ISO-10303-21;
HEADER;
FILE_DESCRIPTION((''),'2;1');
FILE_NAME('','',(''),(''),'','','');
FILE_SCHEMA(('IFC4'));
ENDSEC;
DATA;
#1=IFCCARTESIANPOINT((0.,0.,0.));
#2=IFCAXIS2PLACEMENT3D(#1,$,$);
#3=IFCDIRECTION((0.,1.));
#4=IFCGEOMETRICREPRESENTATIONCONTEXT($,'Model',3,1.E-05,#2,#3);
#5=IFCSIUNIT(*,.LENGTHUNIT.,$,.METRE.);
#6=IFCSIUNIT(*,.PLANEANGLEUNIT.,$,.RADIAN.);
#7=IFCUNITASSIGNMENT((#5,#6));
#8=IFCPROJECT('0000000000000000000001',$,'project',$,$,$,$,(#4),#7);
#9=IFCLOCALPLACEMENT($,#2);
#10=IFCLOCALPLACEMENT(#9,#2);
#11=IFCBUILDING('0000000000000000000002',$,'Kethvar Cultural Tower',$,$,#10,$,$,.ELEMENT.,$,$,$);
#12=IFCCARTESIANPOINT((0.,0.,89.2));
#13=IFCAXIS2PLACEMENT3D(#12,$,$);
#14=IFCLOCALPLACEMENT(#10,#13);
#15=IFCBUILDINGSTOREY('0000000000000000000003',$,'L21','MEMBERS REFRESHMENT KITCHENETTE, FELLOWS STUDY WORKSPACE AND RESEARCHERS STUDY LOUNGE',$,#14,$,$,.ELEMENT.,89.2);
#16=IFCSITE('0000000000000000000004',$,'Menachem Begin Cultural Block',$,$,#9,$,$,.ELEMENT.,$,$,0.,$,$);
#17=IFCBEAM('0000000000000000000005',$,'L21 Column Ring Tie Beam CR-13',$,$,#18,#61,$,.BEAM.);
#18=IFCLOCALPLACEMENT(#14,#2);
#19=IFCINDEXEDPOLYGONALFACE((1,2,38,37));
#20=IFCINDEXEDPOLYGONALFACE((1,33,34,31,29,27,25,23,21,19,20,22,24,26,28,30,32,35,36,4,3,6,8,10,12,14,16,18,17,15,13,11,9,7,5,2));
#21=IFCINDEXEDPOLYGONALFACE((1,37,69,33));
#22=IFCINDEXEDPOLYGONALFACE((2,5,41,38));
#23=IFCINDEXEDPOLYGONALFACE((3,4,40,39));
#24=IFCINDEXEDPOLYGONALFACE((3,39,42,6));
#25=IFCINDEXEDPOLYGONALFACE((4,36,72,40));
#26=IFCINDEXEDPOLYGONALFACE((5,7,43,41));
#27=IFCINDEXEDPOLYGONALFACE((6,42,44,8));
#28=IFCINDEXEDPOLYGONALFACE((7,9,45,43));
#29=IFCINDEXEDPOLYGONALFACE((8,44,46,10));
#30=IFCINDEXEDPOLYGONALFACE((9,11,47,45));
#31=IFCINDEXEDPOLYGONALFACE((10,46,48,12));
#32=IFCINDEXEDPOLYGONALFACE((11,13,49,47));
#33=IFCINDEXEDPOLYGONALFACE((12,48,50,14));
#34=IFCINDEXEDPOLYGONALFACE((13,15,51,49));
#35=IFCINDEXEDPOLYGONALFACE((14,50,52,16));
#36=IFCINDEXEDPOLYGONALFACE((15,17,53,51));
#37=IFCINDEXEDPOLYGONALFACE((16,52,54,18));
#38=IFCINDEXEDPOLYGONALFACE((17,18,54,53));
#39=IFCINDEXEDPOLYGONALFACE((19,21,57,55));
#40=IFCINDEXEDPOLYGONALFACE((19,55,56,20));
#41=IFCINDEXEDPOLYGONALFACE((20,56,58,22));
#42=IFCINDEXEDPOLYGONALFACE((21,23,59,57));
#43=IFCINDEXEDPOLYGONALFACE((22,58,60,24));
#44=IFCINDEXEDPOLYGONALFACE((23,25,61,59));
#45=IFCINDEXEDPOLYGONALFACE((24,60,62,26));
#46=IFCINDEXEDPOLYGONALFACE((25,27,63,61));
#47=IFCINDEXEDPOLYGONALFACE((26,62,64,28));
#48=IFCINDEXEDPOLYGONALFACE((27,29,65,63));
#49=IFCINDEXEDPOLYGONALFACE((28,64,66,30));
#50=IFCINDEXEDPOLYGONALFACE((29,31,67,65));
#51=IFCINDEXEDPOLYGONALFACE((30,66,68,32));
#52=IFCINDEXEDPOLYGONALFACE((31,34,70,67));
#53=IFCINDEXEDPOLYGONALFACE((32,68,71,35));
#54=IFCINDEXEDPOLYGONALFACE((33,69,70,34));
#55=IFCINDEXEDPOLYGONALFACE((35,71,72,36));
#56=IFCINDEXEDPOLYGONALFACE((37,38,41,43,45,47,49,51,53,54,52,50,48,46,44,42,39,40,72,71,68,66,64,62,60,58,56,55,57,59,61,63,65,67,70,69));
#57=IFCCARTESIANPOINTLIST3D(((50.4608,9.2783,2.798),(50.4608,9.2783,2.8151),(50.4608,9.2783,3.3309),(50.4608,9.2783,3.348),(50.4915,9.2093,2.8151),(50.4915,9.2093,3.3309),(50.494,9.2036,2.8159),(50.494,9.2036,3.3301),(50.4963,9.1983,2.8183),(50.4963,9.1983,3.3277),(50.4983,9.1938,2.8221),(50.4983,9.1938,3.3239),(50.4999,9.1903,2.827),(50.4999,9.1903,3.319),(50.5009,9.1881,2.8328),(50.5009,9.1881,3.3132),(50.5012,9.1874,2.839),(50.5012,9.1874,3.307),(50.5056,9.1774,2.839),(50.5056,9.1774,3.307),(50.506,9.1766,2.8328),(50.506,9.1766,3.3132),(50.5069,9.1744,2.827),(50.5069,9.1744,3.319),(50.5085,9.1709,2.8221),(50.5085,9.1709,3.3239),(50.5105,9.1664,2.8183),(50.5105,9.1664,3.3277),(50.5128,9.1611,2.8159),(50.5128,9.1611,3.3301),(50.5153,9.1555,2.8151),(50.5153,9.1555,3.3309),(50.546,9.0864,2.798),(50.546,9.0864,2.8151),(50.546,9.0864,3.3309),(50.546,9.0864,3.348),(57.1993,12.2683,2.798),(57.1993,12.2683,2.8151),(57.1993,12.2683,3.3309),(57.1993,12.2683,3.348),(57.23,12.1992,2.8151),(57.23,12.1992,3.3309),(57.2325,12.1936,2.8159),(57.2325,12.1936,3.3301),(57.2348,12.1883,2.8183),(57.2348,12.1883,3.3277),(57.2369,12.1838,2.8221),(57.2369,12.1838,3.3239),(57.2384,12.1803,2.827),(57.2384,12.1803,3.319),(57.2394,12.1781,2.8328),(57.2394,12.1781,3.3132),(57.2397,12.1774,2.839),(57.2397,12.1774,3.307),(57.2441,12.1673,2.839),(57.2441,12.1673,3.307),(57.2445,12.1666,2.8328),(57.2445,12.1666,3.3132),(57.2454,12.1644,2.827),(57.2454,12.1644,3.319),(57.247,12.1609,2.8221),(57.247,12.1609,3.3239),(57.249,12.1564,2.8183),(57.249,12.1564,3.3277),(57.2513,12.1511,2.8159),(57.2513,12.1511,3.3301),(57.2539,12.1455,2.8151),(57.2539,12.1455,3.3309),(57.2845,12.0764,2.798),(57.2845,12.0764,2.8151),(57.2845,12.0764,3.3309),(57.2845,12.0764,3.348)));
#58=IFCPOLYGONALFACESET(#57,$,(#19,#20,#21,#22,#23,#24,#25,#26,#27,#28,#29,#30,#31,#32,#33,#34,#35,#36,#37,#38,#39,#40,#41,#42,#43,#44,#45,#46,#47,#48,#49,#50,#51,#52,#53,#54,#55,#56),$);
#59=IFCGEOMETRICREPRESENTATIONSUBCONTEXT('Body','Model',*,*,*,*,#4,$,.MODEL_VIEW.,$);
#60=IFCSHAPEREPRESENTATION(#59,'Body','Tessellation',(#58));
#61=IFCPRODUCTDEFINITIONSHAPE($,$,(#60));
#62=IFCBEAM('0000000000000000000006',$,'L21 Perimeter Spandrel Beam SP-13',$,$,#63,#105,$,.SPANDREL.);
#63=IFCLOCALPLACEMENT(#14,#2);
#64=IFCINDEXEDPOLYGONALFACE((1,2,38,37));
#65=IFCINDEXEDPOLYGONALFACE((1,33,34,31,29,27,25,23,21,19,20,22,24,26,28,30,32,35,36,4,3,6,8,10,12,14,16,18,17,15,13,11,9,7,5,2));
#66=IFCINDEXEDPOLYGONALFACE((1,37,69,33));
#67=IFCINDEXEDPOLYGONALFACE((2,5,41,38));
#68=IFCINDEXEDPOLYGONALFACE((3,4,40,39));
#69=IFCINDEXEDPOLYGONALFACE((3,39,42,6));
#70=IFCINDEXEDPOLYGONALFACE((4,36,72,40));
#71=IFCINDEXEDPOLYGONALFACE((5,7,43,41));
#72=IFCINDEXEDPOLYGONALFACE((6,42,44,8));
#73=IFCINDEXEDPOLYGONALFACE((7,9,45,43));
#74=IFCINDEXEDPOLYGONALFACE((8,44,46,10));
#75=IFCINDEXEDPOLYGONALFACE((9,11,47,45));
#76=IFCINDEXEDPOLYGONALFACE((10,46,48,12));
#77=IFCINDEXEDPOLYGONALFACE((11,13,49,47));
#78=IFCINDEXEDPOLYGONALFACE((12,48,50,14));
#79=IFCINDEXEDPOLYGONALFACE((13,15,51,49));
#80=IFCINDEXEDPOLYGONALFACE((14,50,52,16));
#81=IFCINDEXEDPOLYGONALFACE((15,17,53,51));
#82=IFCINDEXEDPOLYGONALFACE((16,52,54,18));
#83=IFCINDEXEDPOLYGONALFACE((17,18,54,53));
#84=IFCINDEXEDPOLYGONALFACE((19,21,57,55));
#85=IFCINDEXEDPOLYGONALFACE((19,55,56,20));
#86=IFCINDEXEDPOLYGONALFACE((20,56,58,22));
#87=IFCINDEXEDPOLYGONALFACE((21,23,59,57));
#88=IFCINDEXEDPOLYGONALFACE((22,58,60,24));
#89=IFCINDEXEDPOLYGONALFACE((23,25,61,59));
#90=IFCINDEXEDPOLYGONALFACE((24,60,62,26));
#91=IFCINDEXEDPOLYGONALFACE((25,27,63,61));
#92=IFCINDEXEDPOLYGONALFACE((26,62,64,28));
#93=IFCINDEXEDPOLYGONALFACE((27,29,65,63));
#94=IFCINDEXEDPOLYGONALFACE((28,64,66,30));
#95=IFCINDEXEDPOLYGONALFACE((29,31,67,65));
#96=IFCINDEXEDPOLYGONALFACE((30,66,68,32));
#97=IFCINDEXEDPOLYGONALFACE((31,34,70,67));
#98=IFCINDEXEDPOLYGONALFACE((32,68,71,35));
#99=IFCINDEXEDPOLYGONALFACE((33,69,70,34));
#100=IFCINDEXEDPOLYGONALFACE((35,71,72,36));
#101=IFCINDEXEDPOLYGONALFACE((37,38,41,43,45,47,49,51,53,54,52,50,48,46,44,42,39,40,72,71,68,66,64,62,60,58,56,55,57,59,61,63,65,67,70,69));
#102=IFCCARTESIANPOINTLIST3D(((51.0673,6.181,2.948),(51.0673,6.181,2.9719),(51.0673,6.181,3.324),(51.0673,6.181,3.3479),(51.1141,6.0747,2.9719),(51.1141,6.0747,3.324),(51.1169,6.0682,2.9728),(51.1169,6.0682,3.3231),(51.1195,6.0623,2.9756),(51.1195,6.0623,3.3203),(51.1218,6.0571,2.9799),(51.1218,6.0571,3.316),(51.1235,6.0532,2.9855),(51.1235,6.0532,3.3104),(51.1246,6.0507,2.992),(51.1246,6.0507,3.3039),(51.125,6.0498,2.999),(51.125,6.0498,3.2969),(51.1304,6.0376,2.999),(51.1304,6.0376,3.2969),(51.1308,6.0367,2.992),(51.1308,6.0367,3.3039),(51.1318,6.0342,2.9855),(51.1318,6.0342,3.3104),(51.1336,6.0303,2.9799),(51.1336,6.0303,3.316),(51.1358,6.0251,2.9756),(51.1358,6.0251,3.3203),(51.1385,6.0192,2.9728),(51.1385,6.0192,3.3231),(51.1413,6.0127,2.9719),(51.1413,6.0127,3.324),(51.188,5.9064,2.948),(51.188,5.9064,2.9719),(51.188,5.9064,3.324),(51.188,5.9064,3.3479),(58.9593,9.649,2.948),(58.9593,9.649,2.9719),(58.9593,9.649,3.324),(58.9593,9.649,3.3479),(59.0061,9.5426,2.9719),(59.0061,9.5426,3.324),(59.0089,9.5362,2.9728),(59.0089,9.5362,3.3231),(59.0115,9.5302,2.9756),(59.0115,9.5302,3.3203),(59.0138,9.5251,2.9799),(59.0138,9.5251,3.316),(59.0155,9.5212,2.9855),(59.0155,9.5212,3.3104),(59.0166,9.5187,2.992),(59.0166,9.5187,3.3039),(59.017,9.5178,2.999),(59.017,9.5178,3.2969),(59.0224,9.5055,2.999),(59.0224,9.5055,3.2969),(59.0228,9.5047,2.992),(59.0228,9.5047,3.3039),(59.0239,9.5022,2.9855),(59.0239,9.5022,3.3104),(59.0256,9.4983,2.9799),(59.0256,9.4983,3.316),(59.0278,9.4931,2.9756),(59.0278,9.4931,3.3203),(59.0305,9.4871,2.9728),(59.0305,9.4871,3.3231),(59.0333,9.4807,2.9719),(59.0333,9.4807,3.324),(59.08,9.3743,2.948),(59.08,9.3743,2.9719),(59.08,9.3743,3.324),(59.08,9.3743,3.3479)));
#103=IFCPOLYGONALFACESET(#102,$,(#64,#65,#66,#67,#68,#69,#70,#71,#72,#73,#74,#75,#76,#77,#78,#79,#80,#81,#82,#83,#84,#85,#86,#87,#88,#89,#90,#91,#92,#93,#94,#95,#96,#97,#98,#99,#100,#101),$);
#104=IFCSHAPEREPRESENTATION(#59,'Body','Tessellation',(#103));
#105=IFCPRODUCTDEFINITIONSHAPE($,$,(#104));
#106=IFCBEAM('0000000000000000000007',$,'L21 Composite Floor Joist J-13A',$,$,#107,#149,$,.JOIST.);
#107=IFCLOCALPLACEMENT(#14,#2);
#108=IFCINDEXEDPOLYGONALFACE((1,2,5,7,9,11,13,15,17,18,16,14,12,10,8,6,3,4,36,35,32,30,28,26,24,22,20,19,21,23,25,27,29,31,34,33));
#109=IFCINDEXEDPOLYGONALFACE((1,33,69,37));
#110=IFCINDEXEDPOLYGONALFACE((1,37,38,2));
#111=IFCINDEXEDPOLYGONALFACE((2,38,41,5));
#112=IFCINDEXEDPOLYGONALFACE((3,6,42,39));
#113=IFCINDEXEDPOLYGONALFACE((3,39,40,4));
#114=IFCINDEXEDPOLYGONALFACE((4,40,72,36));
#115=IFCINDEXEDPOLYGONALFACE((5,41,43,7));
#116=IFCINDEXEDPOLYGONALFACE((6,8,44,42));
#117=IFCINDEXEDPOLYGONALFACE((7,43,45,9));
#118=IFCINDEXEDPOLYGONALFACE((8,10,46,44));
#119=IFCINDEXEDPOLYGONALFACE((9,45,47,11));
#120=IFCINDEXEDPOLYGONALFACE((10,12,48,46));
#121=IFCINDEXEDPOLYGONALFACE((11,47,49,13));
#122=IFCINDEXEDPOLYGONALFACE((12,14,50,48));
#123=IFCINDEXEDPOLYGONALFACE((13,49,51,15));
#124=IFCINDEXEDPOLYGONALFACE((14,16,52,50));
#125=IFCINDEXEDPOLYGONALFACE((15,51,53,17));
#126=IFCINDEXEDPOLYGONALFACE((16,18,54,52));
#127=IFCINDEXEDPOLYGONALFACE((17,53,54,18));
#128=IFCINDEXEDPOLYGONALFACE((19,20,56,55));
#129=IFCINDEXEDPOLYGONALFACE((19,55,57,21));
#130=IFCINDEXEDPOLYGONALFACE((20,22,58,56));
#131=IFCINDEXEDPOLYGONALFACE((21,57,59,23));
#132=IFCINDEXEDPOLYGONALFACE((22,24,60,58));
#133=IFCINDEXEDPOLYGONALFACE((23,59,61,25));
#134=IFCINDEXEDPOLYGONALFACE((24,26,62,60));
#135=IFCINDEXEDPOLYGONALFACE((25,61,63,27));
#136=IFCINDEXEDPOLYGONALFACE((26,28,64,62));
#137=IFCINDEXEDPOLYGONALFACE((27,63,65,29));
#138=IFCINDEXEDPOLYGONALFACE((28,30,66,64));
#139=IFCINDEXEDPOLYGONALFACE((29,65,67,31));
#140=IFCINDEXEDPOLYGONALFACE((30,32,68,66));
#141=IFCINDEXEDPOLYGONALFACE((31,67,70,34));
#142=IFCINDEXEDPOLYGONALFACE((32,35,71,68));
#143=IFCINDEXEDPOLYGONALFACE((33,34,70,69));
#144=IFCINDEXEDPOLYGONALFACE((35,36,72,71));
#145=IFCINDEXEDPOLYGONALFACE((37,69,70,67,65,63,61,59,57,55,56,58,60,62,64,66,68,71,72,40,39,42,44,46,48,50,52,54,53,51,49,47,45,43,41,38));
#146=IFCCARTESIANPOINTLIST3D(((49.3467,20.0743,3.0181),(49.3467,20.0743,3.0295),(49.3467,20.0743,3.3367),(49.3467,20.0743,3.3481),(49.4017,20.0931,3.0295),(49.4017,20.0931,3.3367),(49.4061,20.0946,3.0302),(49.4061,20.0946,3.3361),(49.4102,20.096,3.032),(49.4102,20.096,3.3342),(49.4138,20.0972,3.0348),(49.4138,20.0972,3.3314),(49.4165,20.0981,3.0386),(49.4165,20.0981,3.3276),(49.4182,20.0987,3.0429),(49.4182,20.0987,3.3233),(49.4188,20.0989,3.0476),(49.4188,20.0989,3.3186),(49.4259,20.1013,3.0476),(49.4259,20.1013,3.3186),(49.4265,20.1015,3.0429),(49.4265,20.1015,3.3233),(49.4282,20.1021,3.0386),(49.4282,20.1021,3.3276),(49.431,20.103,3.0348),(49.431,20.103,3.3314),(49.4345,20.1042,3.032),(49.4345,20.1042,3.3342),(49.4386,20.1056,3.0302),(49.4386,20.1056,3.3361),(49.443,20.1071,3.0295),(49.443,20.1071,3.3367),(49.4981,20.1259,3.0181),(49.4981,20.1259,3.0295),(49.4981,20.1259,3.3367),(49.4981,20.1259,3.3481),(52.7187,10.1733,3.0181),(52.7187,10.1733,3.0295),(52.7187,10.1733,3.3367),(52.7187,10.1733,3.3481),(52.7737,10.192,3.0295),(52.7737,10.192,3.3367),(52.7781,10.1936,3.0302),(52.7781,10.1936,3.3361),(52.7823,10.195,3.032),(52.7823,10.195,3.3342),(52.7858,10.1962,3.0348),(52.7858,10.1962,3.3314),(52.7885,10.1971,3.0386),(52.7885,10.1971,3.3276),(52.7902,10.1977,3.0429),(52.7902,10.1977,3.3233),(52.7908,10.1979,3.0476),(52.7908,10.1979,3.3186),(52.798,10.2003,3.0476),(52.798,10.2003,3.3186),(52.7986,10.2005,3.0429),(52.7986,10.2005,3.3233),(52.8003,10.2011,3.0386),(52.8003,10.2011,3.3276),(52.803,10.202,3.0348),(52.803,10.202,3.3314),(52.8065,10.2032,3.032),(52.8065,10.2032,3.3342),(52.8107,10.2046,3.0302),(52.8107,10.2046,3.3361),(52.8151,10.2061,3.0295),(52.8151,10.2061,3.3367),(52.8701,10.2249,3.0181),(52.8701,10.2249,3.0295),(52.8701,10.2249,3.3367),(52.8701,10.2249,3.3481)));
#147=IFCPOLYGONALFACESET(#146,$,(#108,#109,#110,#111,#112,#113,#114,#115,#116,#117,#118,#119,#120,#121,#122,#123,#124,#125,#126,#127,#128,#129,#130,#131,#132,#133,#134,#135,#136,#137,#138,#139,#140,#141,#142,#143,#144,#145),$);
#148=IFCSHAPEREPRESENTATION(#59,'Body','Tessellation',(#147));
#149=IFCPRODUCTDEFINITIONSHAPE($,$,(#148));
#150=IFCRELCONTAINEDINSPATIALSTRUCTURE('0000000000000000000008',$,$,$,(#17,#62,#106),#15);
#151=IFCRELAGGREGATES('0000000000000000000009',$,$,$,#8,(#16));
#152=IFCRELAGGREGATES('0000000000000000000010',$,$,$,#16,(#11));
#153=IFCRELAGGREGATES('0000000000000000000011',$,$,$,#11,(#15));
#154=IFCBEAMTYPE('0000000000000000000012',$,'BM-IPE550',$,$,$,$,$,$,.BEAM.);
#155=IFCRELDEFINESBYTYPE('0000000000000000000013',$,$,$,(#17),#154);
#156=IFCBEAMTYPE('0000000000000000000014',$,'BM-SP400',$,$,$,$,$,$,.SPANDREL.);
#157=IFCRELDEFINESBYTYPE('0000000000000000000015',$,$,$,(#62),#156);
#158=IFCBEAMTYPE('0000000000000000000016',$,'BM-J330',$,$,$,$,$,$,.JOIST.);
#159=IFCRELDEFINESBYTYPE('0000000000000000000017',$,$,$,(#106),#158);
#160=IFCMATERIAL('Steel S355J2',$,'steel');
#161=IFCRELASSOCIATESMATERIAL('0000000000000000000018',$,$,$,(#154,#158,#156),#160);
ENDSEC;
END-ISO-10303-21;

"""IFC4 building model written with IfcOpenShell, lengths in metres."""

from ifc_helpers import new_model, si_unit, direction, frame, origin, origin_2d, place, context, subcontext, project, spatial, i_section, extrude, source, transform, mapped, material, material_profile, profile_set, type_object, element, save


model = new_model("IFC4")

# Units and contexts
model_context = context("Model", 3, precision=1e-05, world=origin(), true_north=direction((0.0, 1.0)))
body_context = subcontext(model_context, "Body", "Model", "MODEL_VIEW")
ifc_project = project(units=[si_unit("LENGTHUNIT", "METRE"), si_unit("PLANEANGLEUNIT", "RADIAN")], contexts=[model_context])

# Site, building, storey
site_placement = place(None, origin())
site = spatial("IfcSite", under=ifc_project, at=site_placement, Name="Menachem Begin Cultural Block", CompositionType="ELEMENT", RefElevation=0.0)
building_placement = place(site_placement, origin())
building = spatial("IfcBuilding", under=site, at=building_placement, Name="Kethvar Cultural Tower", CompositionType="ELEMENT")
storey_placement = place(building_placement, frame((0.0, 0.0, 89.2)))
storey = spatial("IfcBuildingStorey", under=building, at=storey_placement, Name="L21", Description="MEMBERS REFRESHMENT KITCHENETTE, FELLOWS STUDY WORKSPACE AND RESEARCHERS STUDY LOUNGE", CompositionType="ELEMENT", Elevation=89.2)

# Beams
ifc_material_1 = material(Name="Steel S355J2", Category="steel")
ifc_material_profile_1 = material_profile(ifc_material_1, i_section(OverallWidth=0.21, OverallDepth=0.55, WebThickness=0.011, FlangeThickness=0.0171, FilletRadius=0.0239, at=origin_2d()), Name="Steel S355J2 — IPE550")
ifc_profile_set_1 = profile_set([ifc_material_profile_1], Name="Steel S355J2 — IPE550")
beam_type_1 = type_object("IfcBeamType", Name="BM-IPE550", PredefinedType="BEAM", material=ifc_profile_set_1)
ifc_material_profile_2 = material_profile(ifc_material_1, i_section(OverallWidth=0.1599, OverallDepth=0.3301, WebThickness=0.0076, FlangeThickness=0.0115, FilletRadius=0.0181, at=origin_2d()), Name="Steel S355J2 — IPE330")
ifc_profile_set_2 = profile_set([ifc_material_profile_2], Name="Steel S355J2 — IPE330")
beam_type_2 = type_object("IfcBeamType", Name="BM-J330", PredefinedType="JOIST", material=ifc_profile_set_2)
shared_shape_1 = source(origin(), body_context, "Body", "SweptSolid", [
    extrude(i_section(OverallWidth=0.21, OverallDepth=0.55, WebThickness=0.011, FlangeThickness=0.0171, FilletRadius=0.0239, at=origin_2d()), origin(), (0.0, 0.0, 1.0), 7.3721),
])
beam_1_placement = place(storey_placement, frame((50.5034, 9.1824, 3.073), z_axis=(0.914059, 0.405582, 0.0), x_axis=(-0.405582, 0.914059, 0.0)))
element("IfcBeam", 1, at=beam_1_placement, inside=storey, type_object=beam_type_1, Name="L21 Column Ring Tie Beam CR-13", PredefinedType="BEAM", context=body_context, shape_type="MappedRepresentation", body=[
    mapped(shared_shape_1, transform((0.0, 0.0, 0.0), scale=1.0)),
])
ifc_material_profile_3 = material_profile(ifc_material_1, i_section(OverallWidth=0.3, OverallDepth=0.3999, WebThickness=0.0134, FlangeThickness=0.0239, FilletRadius=0.0271, at=origin_2d()), Name="Steel S355J2 — HEB400")
ifc_profile_set_3 = profile_set([ifc_material_profile_3], Name="Steel S355J2 — HEB400")
beam_type_3 = type_object("IfcBeamType", Name="BM-SP400", PredefinedType="SPANDREL", material=ifc_profile_set_3)
shared_shape_2 = source(origin(), body_context, "Body", "SweptSolid", [
    extrude(i_section(OverallWidth=0.3, OverallDepth=0.3999, WebThickness=0.0134, FlangeThickness=0.0239, FilletRadius=0.0271, at=origin_2d()), origin(), (0.0, 0.0, 1.0), 8.6204),
])
beam_2_placement = place(storey_placement, frame((51.1277, 6.0437, 3.1479), z_axis=(0.915507, 0.402301, 0.0), x_axis=(-0.402301, 0.915507, 0.0)))
element("IfcBeam", 2, at=beam_2_placement, inside=storey, type_object=beam_type_3, Name="L21 Perimeter Spandrel Beam SP-13", PredefinedType="SPANDREL", context=body_context, shape_type="MappedRepresentation", body=[
    mapped(shared_shape_2, transform((0.0, 0.0, 0.0), scale=1.0)),
])
shared_shape_3 = source(origin(), body_context, "Body", "SweptSolid", [
    extrude(i_section(OverallWidth=0.1599, OverallDepth=0.3301, WebThickness=0.0076, FlangeThickness=0.0115, FilletRadius=0.0181, at=origin_2d()), origin(), (0.0, 0.0, 1.0), 10.4595),
])
beam_3_placement = place(storey_placement, frame((49.4224, 20.1001, 3.1831), z_axis=(0.32239, -0.946607, 0.0), x_axis=(0.946607, 0.32239, 0.0)))
element("IfcBeam", 3, at=beam_3_placement, inside=storey, type_object=beam_type_2, Name="L21 Composite Floor Joist J-13A", PredefinedType="JOIST", context=body_context, shape_type="MappedRepresentation", body=[
    mapped(shared_shape_3, transform((0.0, 0.0, 0.0), scale=1.0)),
])

save(model, "model.ifc")
